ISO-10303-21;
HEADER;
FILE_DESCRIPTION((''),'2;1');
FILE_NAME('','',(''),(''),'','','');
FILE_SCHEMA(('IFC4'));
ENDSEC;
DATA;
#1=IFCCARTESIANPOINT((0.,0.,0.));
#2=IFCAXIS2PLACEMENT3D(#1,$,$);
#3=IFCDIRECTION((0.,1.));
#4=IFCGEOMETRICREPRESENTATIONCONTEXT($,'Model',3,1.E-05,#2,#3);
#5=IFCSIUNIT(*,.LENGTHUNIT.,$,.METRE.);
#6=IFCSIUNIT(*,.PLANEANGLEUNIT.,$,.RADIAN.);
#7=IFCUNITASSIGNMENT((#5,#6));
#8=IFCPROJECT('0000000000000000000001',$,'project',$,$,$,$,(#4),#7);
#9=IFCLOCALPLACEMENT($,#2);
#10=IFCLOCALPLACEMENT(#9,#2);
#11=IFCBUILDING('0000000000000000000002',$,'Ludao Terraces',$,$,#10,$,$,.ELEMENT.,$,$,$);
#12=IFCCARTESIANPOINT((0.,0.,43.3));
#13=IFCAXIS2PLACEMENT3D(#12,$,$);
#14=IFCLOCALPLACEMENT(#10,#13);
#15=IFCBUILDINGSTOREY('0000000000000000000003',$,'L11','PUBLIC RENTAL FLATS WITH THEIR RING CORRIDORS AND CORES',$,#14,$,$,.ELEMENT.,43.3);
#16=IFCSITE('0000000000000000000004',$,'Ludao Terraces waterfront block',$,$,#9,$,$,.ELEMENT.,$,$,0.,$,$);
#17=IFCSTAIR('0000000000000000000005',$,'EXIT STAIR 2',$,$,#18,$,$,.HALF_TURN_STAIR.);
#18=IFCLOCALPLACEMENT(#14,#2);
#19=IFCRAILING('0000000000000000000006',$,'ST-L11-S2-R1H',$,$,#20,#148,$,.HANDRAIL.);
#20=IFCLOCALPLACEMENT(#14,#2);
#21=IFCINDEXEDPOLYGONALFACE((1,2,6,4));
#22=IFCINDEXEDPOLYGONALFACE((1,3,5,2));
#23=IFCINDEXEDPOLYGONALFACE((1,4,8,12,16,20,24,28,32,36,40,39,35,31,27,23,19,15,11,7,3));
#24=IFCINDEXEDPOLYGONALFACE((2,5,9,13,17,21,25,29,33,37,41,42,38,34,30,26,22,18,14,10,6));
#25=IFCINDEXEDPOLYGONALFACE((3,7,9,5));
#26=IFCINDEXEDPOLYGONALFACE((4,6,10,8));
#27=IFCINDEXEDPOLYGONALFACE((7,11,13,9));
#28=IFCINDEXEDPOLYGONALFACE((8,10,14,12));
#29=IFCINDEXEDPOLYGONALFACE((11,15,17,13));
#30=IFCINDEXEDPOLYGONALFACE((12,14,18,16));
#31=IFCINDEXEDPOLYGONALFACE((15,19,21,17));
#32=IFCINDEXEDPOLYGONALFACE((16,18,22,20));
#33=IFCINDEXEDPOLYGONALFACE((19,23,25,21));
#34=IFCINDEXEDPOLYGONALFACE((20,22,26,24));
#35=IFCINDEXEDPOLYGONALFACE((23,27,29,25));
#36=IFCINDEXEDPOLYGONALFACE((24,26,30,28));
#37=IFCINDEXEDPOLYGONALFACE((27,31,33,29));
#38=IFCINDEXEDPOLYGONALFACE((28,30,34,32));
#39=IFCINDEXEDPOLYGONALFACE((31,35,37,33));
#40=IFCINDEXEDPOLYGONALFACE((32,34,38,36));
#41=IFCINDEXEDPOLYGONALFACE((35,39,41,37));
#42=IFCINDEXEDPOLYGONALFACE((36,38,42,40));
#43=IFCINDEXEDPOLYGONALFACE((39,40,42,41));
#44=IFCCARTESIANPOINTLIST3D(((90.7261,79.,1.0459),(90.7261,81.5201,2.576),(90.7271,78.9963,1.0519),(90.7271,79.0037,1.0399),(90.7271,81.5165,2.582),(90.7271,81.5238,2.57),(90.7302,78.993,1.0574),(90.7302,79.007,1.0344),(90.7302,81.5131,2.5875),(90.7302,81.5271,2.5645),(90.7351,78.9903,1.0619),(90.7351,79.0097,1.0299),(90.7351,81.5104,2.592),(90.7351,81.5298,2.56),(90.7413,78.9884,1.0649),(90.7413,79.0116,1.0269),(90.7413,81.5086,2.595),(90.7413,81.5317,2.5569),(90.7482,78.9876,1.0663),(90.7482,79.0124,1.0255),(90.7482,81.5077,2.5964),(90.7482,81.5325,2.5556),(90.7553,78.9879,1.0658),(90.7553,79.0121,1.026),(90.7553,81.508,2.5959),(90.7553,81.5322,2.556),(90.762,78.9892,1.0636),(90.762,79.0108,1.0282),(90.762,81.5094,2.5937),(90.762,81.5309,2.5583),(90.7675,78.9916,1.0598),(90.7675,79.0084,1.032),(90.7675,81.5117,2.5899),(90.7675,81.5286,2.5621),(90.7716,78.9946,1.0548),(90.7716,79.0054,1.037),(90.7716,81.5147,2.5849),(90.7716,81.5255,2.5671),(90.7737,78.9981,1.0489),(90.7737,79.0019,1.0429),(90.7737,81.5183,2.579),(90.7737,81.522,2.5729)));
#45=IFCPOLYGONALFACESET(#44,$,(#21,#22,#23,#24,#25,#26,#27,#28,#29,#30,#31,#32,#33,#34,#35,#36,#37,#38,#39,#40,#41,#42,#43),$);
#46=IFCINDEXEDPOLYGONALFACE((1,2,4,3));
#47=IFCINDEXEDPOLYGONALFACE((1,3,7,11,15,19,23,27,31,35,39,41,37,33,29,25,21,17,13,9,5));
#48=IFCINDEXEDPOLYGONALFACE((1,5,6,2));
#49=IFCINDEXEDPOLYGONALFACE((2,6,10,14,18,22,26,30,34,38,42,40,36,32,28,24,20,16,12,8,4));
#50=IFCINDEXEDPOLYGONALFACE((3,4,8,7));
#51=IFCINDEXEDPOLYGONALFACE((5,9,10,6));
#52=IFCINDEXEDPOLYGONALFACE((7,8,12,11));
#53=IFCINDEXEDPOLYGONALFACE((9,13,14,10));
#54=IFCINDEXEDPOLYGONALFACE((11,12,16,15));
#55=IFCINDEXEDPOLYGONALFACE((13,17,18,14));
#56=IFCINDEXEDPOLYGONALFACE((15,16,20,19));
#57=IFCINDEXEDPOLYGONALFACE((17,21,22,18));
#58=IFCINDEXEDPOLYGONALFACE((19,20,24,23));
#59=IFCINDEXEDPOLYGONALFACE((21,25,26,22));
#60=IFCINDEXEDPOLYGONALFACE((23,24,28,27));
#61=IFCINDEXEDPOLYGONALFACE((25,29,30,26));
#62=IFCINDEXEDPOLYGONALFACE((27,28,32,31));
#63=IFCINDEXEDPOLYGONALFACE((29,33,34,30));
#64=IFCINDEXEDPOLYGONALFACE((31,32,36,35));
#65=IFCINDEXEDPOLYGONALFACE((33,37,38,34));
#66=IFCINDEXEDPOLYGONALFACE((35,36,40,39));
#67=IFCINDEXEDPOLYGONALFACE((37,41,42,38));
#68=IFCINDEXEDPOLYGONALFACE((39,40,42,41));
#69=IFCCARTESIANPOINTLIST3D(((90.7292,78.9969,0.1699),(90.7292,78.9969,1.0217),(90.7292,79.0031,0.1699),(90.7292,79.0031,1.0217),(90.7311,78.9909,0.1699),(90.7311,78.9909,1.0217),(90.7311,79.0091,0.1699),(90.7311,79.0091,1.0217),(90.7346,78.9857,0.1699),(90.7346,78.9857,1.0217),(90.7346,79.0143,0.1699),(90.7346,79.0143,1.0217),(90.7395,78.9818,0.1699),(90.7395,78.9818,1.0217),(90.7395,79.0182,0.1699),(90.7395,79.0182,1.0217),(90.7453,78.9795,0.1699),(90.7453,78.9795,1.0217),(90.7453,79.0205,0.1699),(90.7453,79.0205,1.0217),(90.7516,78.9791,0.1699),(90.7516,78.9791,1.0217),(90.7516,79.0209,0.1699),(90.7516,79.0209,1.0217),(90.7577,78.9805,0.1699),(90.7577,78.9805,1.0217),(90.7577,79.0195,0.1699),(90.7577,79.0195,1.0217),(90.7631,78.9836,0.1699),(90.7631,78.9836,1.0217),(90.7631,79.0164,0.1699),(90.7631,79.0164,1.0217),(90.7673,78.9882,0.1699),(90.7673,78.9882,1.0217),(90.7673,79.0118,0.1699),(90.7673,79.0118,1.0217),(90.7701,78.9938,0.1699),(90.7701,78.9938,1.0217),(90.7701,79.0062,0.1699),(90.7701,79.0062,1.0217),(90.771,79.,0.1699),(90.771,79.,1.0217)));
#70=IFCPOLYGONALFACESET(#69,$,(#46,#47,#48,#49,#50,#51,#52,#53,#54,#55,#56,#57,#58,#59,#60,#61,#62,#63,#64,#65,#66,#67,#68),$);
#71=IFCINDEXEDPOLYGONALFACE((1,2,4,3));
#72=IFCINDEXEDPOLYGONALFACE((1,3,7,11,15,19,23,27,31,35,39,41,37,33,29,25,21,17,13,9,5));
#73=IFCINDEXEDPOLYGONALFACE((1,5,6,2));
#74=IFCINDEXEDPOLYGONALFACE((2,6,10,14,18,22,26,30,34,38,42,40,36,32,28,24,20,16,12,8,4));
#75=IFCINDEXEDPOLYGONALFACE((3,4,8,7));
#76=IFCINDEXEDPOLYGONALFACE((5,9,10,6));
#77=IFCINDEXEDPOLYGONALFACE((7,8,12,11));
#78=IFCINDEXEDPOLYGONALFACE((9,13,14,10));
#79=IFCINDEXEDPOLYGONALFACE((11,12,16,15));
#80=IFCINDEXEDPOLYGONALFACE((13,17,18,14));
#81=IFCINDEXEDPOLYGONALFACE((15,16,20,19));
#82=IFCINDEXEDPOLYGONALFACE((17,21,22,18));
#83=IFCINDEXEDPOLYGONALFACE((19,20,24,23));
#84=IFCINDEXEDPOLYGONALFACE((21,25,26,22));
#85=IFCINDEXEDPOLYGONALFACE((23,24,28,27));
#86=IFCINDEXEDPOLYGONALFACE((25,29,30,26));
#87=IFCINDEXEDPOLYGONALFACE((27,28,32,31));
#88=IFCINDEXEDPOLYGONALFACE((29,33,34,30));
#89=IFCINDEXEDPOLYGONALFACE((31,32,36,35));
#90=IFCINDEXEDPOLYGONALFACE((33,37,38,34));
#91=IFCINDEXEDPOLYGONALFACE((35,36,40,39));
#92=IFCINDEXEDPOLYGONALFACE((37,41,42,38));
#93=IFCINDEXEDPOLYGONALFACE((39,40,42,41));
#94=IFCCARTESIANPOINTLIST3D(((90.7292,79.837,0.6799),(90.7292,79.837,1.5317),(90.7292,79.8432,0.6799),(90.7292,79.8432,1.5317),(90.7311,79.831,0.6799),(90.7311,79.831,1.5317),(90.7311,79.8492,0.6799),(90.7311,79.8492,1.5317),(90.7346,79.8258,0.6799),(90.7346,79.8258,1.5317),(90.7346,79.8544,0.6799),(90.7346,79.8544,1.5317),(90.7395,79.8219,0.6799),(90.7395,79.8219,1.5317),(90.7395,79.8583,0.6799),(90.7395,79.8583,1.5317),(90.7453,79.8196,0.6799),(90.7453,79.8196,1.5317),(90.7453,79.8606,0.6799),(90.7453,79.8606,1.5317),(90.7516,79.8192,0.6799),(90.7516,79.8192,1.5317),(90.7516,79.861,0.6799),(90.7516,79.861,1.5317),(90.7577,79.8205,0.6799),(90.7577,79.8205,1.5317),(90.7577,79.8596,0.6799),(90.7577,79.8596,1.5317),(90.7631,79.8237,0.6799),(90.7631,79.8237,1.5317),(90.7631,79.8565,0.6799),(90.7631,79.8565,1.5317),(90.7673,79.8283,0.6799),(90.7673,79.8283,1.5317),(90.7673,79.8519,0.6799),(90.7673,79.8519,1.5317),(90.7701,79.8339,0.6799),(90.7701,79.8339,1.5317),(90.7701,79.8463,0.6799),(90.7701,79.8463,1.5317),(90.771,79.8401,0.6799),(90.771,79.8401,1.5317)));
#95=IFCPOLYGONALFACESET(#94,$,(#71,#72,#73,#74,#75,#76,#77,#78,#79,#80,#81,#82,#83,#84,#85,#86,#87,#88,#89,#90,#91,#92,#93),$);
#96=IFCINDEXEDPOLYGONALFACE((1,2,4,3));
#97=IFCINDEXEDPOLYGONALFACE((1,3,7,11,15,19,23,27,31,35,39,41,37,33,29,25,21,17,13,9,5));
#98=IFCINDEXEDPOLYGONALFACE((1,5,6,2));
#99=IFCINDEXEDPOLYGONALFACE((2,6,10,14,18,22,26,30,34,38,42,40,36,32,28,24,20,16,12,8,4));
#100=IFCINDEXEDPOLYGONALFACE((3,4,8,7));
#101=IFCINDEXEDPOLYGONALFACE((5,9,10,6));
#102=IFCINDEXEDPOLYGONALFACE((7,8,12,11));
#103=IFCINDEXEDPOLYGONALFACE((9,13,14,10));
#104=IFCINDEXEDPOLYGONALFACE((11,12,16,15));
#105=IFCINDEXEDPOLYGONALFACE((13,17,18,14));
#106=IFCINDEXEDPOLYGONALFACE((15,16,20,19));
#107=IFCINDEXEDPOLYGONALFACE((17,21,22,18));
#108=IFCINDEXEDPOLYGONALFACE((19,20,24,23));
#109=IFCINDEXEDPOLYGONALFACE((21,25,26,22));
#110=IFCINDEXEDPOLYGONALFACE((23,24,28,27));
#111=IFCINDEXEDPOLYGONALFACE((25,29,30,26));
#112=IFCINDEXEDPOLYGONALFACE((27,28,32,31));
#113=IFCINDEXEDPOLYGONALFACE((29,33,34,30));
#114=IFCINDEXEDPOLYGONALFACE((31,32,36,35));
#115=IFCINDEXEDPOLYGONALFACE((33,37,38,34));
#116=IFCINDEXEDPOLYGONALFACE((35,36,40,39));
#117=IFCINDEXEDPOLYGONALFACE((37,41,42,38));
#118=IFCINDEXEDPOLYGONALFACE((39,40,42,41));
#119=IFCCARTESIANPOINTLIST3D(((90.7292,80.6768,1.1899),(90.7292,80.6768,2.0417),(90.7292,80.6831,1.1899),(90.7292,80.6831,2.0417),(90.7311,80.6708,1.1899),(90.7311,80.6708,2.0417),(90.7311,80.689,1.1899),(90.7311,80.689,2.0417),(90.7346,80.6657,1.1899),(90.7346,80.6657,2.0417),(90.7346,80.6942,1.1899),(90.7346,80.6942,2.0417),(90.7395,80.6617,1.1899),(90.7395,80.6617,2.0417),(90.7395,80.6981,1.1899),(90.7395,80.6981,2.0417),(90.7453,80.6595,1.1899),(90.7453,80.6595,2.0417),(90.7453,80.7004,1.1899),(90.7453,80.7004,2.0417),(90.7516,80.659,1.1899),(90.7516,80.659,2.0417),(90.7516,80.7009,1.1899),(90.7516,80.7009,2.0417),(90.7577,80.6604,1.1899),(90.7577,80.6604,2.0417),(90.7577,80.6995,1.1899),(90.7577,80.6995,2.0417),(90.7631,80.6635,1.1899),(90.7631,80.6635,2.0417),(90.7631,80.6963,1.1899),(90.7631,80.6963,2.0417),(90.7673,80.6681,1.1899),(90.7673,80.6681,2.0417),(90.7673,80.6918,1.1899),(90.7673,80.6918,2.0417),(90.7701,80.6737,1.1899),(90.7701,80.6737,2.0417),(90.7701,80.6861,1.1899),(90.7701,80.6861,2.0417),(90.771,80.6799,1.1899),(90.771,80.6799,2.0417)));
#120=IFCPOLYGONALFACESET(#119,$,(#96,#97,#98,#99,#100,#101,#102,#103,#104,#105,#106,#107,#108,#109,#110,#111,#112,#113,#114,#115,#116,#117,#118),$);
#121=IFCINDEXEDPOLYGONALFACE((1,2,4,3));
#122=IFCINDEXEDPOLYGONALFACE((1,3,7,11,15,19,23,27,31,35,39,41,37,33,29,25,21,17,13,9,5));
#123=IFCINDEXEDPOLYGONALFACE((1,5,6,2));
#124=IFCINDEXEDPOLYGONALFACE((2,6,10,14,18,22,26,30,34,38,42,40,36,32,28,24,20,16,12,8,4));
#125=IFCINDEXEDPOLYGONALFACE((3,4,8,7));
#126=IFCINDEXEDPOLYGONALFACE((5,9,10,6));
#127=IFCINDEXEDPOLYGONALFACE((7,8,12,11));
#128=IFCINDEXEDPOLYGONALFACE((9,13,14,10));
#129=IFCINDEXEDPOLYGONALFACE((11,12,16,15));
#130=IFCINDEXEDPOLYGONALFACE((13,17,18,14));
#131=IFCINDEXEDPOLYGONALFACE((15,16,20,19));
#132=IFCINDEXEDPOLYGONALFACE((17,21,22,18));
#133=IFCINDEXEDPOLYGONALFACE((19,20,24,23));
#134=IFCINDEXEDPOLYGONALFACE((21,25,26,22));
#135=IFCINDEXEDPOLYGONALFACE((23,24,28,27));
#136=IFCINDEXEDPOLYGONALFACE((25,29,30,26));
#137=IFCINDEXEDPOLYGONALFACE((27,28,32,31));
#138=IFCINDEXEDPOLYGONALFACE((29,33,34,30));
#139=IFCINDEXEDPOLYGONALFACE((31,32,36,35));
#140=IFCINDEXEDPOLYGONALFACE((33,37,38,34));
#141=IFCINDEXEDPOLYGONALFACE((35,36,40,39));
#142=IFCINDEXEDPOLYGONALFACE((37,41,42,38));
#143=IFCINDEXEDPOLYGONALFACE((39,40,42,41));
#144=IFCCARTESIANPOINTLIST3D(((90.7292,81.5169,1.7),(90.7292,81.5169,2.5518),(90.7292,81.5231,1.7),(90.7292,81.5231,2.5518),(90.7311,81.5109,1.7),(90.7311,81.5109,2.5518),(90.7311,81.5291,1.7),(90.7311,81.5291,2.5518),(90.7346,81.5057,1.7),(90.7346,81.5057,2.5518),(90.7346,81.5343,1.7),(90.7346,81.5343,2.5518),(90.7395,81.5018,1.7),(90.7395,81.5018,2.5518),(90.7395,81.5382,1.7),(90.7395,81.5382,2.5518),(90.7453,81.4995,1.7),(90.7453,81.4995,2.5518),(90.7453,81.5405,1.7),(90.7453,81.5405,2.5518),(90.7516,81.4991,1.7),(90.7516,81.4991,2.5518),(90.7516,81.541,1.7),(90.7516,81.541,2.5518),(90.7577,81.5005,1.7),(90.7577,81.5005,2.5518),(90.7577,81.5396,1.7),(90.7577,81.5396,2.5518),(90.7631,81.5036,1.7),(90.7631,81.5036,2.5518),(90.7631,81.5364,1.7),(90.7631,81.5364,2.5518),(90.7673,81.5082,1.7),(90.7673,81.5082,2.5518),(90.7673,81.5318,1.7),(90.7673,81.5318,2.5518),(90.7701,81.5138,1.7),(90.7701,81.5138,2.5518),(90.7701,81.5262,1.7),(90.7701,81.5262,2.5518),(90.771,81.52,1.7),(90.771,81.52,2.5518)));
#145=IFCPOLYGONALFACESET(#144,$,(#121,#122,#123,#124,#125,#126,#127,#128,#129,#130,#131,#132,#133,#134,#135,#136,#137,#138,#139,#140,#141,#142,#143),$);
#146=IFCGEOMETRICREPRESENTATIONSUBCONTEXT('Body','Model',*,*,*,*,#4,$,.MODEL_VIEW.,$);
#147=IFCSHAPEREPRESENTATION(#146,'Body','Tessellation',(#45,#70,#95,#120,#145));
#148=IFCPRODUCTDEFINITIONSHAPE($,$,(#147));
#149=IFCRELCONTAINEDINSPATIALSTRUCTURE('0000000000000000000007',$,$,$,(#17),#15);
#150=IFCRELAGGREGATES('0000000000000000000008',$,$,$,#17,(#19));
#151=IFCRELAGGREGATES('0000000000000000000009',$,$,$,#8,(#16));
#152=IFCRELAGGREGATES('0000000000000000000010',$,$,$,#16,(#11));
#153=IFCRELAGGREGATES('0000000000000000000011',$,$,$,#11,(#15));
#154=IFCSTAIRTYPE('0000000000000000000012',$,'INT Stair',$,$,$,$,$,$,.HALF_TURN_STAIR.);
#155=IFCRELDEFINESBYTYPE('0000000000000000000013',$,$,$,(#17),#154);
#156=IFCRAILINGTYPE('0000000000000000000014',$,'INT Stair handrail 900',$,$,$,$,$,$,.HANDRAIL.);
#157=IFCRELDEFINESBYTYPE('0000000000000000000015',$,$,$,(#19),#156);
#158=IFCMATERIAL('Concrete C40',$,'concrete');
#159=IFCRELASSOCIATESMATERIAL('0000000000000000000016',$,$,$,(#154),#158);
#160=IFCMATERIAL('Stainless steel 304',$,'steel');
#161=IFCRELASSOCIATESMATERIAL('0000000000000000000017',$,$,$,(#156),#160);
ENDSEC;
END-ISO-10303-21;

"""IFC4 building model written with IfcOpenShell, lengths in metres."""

from ifc_helpers import new_model, si_unit, direction, frame, origin, origin_2d, place, context, subcontext, project, spatial, circle, extrude, material, type_object, element, aggregate, save


model = new_model("IFC4")

# Units and contexts
model_context = context("Model", 3, precision=1e-05, world=origin(), true_north=direction((0.0, 1.0)))
body_context = subcontext(model_context, "Body", "Model", "MODEL_VIEW")
ifc_project = project(units=[si_unit("LENGTHUNIT", "METRE"), si_unit("PLANEANGLEUNIT", "RADIAN")], contexts=[model_context])

# Site, building, storey
site_placement = place(None, origin())
site = spatial("IfcSite", under=ifc_project, at=site_placement, Name="Ludao Terraces waterfront block", CompositionType="ELEMENT", RefElevation=0.0)
building_placement = place(site_placement, origin())
building = spatial("IfcBuilding", under=site, at=building_placement, Name="Ludao Terraces", CompositionType="ELEMENT")
storey_placement = place(building_placement, frame((0.0, 0.0, 43.3)))
storey = spatial("IfcBuildingStorey", under=building, at=storey_placement, Name="L11", Description="PUBLIC RENTAL FLATS WITH THEIR RING CORRIDORS AND CORES", CompositionType="ELEMENT", Elevation=43.3)

# Stair, railing
ifc_material_1 = material(Name="Concrete C40", Category="concrete")
stair_type = type_object("IfcStairType", Name="INT Stair", PredefinedType="HALF_TURN_STAIR", material=ifc_material_1)
stair_placement = place(storey_placement, origin())
stair = element("IfcStair", 1, at=stair_placement, inside=storey, type_object=stair_type, Name="EXIT STAIR 2", PredefinedType="HALF_TURN_STAIR")
ifc_material_2 = material(Name="Stainless steel 304", Category="steel")
railing_type_1 = type_object("IfcRailingType", Name="INT Stair handrail 900", PredefinedType="HANDRAIL", material=ifc_material_2)
railing_1_placement = place(storey_placement, frame((90.75, 79.0, 0.1699)))
railing_1 = element("IfcRailing", 2, at=railing_1_placement, type_object=railing_type_1, Name="ST-L11-S2-R1H", PredefinedType="HANDRAIL", context=body_context, shape_type="SweptSolid", body=[
    extrude(circle(Radius=0.0239, at=origin_2d()), frame((0.0, 0.0, 0.876), z_axis=(0.0, 0.854785, 0.518982), x_axis=(-1.0, 0.0, 0.0)), (0.0, 0.0, 1.0), 2.9482),
    extrude(circle(Radius=0.021, at=origin_2d()), origin(), (0.0, 0.0, 1.0), 0.8518),
    extrude(circle(Radius=0.021, at=origin_2d()), frame((0.0, 0.8401, 0.51)), (0.0, 0.0, 1.0), 0.8518),
    extrude(circle(Radius=0.021, at=origin_2d()), frame((0.0, 1.6799, 1.02)), (0.0, 0.0, 1.0), 0.8518),
    extrude(circle(Radius=0.021, at=origin_2d()), frame((0.0, 2.52, 1.53)), (0.0, 0.0, 1.0), 0.8518),
])
aggregate(stair, [railing_1])

save(model, "model.ifc")
